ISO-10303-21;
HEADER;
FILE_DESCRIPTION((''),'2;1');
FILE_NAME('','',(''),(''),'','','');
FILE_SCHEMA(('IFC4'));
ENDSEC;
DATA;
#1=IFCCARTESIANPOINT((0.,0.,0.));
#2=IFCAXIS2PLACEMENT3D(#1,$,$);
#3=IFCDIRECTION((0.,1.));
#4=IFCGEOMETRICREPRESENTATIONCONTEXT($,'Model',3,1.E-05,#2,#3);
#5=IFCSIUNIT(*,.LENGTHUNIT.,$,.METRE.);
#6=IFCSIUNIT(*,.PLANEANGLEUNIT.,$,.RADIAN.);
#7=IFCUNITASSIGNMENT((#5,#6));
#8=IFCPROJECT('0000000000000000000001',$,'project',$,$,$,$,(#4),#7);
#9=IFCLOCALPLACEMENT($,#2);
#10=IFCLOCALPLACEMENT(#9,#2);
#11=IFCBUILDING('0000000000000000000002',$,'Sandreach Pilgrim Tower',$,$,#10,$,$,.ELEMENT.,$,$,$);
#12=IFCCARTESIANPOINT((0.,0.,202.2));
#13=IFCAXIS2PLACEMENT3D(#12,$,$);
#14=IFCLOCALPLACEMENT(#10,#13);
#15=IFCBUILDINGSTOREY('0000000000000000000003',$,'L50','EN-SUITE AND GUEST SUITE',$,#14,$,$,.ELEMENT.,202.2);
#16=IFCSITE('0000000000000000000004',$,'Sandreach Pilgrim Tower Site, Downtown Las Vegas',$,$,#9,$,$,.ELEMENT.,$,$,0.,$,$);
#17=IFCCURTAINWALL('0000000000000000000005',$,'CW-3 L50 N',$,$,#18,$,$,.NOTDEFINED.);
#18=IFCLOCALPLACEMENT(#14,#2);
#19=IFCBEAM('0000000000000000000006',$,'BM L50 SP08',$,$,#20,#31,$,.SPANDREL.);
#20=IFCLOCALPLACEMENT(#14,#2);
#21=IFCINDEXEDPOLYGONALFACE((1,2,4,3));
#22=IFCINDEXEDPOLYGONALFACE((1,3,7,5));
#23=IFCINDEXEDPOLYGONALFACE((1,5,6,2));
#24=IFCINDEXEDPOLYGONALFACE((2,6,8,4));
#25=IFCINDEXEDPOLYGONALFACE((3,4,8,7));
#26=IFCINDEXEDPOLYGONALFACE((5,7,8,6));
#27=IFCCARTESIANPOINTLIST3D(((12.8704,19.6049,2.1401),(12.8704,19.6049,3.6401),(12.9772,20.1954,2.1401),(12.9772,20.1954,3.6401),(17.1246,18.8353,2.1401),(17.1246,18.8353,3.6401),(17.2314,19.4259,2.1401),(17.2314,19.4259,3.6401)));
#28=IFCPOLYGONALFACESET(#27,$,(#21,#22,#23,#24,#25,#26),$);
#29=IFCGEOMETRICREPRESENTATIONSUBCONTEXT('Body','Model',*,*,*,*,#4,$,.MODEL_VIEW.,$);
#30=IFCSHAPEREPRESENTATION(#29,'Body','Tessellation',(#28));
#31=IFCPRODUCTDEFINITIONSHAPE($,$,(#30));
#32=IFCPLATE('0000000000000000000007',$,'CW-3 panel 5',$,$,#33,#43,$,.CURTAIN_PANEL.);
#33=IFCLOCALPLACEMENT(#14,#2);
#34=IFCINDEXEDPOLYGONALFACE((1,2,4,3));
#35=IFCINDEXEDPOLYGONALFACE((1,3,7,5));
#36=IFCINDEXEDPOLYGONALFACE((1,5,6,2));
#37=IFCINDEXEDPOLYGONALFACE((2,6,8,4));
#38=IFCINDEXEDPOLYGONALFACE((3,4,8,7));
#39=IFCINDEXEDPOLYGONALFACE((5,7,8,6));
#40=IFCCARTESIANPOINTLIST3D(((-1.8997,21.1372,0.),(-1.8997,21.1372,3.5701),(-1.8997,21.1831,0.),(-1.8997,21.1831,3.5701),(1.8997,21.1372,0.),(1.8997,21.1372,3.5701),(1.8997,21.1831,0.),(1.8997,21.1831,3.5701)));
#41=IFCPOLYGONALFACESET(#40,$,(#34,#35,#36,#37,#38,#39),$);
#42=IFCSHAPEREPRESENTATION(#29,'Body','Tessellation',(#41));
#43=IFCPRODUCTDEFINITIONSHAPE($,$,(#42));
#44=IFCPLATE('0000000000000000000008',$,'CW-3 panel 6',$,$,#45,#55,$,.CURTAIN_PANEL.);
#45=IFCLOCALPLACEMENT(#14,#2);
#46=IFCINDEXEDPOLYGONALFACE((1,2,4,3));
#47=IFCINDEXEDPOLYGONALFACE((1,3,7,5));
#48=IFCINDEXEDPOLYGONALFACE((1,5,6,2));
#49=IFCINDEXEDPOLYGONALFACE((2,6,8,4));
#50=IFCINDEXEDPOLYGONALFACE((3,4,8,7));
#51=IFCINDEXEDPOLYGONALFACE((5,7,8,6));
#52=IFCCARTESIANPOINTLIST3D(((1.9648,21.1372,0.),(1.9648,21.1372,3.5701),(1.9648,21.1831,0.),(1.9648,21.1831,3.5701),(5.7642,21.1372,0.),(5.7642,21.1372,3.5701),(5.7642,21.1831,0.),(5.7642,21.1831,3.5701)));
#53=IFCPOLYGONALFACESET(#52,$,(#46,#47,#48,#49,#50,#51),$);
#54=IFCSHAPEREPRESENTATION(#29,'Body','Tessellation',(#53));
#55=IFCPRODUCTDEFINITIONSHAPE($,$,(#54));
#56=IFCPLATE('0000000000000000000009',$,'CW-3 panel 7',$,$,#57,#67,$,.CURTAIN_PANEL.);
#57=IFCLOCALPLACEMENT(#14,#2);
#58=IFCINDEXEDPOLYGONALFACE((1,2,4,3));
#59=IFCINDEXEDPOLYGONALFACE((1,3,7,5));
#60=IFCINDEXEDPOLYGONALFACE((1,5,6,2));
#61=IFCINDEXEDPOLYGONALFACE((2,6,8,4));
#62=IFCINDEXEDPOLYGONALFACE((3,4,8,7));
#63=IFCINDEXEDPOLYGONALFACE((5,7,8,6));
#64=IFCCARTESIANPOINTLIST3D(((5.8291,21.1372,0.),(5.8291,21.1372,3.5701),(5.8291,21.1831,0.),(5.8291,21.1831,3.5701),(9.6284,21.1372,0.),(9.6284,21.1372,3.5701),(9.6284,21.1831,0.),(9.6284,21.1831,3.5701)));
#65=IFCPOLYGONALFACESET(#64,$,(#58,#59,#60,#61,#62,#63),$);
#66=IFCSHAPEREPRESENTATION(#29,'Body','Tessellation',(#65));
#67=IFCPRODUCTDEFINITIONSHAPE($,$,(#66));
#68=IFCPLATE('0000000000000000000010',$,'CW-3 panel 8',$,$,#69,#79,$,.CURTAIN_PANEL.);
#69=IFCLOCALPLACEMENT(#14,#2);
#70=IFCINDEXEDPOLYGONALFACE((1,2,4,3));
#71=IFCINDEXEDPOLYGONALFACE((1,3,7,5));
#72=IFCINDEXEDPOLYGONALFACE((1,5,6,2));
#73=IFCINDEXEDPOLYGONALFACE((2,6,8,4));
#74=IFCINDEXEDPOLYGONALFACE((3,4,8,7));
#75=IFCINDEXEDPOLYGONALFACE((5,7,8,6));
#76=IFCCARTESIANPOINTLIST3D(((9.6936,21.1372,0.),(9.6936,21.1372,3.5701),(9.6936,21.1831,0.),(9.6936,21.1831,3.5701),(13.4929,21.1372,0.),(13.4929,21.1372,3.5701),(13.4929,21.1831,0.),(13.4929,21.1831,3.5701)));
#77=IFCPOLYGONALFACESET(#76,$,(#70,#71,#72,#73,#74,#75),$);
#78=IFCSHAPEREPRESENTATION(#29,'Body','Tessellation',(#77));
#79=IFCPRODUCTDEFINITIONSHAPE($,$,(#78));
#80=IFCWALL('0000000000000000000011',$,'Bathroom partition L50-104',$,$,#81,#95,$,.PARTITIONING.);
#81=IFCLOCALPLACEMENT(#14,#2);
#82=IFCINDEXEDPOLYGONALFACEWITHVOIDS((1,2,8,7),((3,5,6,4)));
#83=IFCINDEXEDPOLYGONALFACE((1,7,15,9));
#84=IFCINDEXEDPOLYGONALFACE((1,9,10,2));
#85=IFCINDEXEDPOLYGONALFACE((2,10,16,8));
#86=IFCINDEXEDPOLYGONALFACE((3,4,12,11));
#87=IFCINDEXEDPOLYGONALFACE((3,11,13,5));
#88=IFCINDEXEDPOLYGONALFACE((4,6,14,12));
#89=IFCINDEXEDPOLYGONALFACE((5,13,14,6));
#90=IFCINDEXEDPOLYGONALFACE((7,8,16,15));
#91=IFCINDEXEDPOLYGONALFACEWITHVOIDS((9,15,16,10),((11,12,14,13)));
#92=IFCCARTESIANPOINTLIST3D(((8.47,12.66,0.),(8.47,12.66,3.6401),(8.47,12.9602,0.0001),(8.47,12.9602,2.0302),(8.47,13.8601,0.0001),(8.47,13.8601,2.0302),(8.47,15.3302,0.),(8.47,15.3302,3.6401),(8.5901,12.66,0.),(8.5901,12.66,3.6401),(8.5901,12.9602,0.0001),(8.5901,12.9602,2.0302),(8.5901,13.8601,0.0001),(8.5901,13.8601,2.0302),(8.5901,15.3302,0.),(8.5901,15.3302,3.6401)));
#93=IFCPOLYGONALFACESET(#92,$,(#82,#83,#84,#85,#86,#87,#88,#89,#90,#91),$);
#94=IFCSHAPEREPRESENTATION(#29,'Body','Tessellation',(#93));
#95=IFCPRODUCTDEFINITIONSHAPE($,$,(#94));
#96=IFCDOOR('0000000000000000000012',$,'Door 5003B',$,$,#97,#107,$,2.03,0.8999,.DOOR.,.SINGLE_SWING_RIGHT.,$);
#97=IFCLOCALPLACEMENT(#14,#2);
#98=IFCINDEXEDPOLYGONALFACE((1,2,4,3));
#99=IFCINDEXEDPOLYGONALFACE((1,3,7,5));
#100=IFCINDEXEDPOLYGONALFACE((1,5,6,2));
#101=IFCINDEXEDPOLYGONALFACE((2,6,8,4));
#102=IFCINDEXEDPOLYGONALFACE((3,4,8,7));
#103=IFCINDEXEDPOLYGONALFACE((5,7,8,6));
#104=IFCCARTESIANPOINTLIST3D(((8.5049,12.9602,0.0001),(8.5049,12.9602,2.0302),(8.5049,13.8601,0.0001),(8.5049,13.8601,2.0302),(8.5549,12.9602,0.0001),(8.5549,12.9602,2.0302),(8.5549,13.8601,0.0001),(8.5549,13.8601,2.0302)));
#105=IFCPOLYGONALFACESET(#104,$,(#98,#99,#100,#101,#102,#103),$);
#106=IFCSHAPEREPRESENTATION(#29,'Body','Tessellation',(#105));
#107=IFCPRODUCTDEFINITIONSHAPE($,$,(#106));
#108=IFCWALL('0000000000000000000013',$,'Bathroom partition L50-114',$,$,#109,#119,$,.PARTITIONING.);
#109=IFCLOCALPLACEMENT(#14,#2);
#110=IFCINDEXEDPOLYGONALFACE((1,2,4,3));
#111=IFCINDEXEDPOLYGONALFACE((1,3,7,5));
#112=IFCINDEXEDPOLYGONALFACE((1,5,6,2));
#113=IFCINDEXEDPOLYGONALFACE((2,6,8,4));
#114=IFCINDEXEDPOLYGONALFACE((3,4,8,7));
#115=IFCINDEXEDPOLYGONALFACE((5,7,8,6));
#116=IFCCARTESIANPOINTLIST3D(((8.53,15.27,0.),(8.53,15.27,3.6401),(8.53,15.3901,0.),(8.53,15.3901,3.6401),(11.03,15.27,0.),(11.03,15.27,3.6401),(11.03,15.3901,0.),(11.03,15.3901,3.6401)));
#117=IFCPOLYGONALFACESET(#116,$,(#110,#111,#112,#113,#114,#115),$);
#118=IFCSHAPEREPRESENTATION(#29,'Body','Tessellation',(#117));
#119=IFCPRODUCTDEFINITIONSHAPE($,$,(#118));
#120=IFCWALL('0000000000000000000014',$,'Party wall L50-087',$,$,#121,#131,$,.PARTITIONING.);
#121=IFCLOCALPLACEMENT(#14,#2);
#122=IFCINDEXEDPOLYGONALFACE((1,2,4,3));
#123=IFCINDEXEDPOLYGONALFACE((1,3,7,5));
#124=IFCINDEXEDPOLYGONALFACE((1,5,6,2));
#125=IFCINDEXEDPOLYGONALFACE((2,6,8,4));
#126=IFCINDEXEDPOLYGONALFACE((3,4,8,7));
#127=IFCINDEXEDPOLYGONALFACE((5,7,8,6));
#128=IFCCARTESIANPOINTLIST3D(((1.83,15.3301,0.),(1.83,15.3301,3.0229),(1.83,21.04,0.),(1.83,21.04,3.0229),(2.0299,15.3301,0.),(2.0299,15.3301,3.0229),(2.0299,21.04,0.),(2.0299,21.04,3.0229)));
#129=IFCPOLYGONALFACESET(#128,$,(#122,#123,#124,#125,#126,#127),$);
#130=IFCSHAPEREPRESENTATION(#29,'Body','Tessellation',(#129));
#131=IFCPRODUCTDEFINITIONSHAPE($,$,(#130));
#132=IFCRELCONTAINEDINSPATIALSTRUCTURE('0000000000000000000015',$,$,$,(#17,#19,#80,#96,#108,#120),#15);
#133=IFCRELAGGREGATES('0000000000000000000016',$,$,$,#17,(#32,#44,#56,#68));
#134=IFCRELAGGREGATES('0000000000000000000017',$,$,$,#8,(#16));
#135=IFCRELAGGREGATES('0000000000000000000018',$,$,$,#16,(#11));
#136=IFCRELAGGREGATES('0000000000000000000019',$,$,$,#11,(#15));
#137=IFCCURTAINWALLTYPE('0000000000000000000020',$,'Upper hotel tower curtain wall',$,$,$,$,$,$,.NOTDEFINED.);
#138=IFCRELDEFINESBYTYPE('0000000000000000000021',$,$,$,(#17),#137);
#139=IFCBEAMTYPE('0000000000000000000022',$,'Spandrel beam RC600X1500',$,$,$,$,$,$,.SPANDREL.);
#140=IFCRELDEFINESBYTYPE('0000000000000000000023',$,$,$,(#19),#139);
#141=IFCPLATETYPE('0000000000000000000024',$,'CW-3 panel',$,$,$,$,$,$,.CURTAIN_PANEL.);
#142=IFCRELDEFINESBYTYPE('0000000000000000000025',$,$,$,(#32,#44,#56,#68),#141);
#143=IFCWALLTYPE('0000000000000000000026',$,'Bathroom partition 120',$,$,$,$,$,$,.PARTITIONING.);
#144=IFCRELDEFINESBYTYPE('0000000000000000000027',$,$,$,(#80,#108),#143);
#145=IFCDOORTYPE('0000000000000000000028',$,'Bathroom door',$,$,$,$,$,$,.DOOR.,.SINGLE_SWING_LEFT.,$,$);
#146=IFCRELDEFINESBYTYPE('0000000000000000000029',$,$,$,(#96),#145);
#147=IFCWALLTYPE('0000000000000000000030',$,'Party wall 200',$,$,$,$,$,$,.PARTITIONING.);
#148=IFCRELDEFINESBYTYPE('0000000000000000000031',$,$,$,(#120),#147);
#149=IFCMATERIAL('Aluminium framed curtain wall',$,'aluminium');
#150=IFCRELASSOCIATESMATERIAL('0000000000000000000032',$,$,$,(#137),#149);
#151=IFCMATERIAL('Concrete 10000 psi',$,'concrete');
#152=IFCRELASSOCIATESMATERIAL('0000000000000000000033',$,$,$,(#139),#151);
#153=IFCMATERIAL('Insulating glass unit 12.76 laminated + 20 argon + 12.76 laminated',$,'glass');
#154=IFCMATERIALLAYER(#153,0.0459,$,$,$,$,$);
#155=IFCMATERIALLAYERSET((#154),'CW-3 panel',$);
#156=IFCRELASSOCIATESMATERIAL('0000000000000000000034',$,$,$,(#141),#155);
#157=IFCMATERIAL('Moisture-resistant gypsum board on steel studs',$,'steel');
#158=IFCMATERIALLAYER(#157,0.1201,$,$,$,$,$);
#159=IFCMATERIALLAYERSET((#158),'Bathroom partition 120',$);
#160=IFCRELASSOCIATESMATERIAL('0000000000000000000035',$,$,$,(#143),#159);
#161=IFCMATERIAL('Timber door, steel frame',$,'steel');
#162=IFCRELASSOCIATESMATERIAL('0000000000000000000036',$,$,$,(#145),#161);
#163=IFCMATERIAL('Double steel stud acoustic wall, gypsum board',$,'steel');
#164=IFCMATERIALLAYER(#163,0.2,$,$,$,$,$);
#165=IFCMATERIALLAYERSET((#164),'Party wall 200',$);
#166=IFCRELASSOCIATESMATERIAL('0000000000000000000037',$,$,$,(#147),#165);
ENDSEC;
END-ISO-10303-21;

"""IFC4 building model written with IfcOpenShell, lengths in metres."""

from ifc_helpers import new_model, si_unit, direction, frame, frame_2d, origin, origin_2d, place, context, subcontext, project, spatial, rectangle, extrude, material, layer, layer_set, material_profile, profile_set, type_object, element, fill, aggregate, save


model = new_model("IFC4")

# Units and contexts
model_context = context("Model", 3, precision=1e-05, world=origin(), true_north=direction((0.0, 1.0)))
body_context = subcontext(model_context, "Body", "Model", "MODEL_VIEW")
ifc_project = project(units=[si_unit("LENGTHUNIT", "METRE"), si_unit("PLANEANGLEUNIT", "RADIAN")], contexts=[model_context])

# Site, building, storey
site_placement = place(None, origin())
site = spatial("IfcSite", under=ifc_project, at=site_placement, Name="Sandreach Pilgrim Tower Site, Downtown Las Vegas", CompositionType="ELEMENT", RefElevation=0.0)
building_placement = place(site_placement, origin())
building = spatial("IfcBuilding", under=site, at=building_placement, Name="Sandreach Pilgrim Tower", CompositionType="ELEMENT")
storey_placement = place(building_placement, frame((0.0, 0.0, 202.2)))
storey = spatial("IfcBuildingStorey", under=building, at=storey_placement, Name="L50", Description="EN-SUITE AND GUEST SUITE", CompositionType="ELEMENT", Elevation=202.2)

# Curtain wall
ifc_material_1 = material(Name="Aluminium framed curtain wall", Category="aluminium")
curtain_wall_type = type_object("IfcCurtainWallType", Name="Upper hotel tower curtain wall", PredefinedType="NOTDEFINED", material=ifc_material_1)
curtain_wall_placement = place(storey_placement, origin())
curtain_wall = element("IfcCurtainWall", 1, at=curtain_wall_placement, inside=storey, type_object=curtain_wall_type, Name="CW-3 L50 N", PredefinedType="NOTDEFINED")

# Beam
ifc_material_2 = material(Name="Concrete 10000 psi", Category="concrete")
ifc_material_profile_1 = material_profile(ifc_material_2, rectangle(XDim=0.6001, YDim=1.5, at=origin_2d()), Name="RC600X1500")
ifc_profile_set_1 = profile_set([ifc_material_profile_1], Name="Concrete 10000 psi")
beam_type_1 = type_object("IfcBeamType", Name="Spandrel beam RC600X1500", PredefinedType="SPANDREL", material=ifc_profile_set_1)
beam_1_placement = place(storey_placement, frame((12.9238, 19.9001, 2.8901), z_axis=(0.98403, -0.178001, 0.0), x_axis=(0.178001, 0.98403, 0.0)))
element("IfcBeam", 2, at=beam_1_placement, inside=storey, type_object=beam_type_1, Name="BM L50 SP08", PredefinedType="SPANDREL", context=body_context, shape_type="SweptSolid", body=[
    extrude(rectangle(XDim=0.6001, YDim=1.5, at=origin_2d()), origin(), (0.0, 0.0, 1.0), 4.3232),
])

# Plates
ifc_material_3 = material(Name="Insulating glass unit 12.76 laminated + 20 argon + 12.76 laminated", Category="glass")
ifc_layer_1 = layer(ifc_material_3, 0.0459)
ifc_layer_set_1 = layer_set([ifc_layer_1], Name="CW-3 panel")
plate_type = type_object("IfcPlateType", Name="CW-3 panel", PredefinedType="CURTAIN_PANEL", material=ifc_layer_set_1)
plate_1_placement = place(storey_placement, frame((0.0, 21.1602, 0.0), z_axis=(0.0, 0.0, 1.0), x_axis=(1.0, 0.0, 0.0)))
plate_1 = element("IfcPlate", 3, at=plate_1_placement, type_object=plate_type, Name="CW-3 panel 5", PredefinedType="CURTAIN_PANEL", context=body_context, shape_type="SweptSolid", body=[
    extrude(rectangle(XDim=3.7993, YDim=0.0459, at=origin_2d()), origin(), (0.0, 0.0, 1.0), 3.5701),
])
plate_2_placement = place(storey_placement, frame((3.8645, 21.1602, 0.0), z_axis=(0.0, 0.0, 1.0), x_axis=(1.0, 0.0, 0.0)))
plate_2 = element("IfcPlate", 4, at=plate_2_placement, type_object=plate_type, Name="CW-3 panel 6", PredefinedType="CURTAIN_PANEL", context=body_context, shape_type="SweptSolid", body=[
    extrude(rectangle(XDim=3.7993, YDim=0.0459, at=origin_2d()), origin(), (0.0, 0.0, 1.0), 3.5701),
])
plate_3_placement = place(storey_placement, frame((7.7288, 21.1602, 0.0), z_axis=(0.0, 0.0, 1.0), x_axis=(1.0, 0.0, 0.0)))
plate_3 = element("IfcPlate", 5, at=plate_3_placement, type_object=plate_type, Name="CW-3 panel 7", PredefinedType="CURTAIN_PANEL", context=body_context, shape_type="SweptSolid", body=[
    extrude(rectangle(XDim=3.7993, YDim=0.0459, at=origin_2d()), origin(), (0.0, 0.0, 1.0), 3.5701),
])
plate_4_placement = place(storey_placement, frame((11.5933, 21.1602, 0.0), z_axis=(0.0, 0.0, 1.0), x_axis=(1.0, 0.0, 0.0)))
plate_4 = element("IfcPlate", 6, at=plate_4_placement, type_object=plate_type, Name="CW-3 panel 8", PredefinedType="CURTAIN_PANEL", context=body_context, shape_type="SweptSolid", body=[
    extrude(rectangle(XDim=3.7993, YDim=0.0459, at=origin_2d()), origin(), (0.0, 0.0, 1.0), 3.5701),
])
aggregate(curtain_wall, [plate_1, plate_2, plate_3, plate_4])

# Wall, opening, door
ifc_material_4 = material(Name="Moisture-resistant gypsum board on steel studs", Category="steel")
ifc_layer_2 = layer(ifc_material_4, 0.1201)
ifc_layer_set_2 = layer_set([ifc_layer_2], Name="Bathroom partition 120")
wall_type_1 = type_object("IfcWallType", Name="Bathroom partition 120", PredefinedType="PARTITIONING", material=ifc_layer_set_2)
wall_1_placement = place(storey_placement, frame((8.53, 15.3301, 0.0), z_axis=(0.0, 0.0, 1.0), x_axis=(0.0, -1.0, 0.0)))
wall_1 = element("IfcWall", 7, at=wall_1_placement, inside=storey, type_object=wall_type_1, Name="Bathroom partition L50-104", PredefinedType="PARTITIONING", context=body_context, shape_type="SweptSolid", body=[
    extrude(rectangle(XDim=2.6702, YDim=0.1201, at=frame_2d((1.335, 0.0))), origin(), (0.0, 0.0, 1.0), 3.6401),
])
opening_placement = place(wall_1_placement, frame((1.47, 0.0, 0.0)))
opening = element("IfcOpeningElement", 8, at=opening_placement, cuts=wall_1, PredefinedType="OPENING", context=body_context, shape_type="SweptSolid", body=[
    extrude(rectangle(XDim=0.8999, YDim=2.03, at=frame_2d((0.45, 1.0151))), frame((0.0, 0.0601, 0.0), z_axis=(0.0, -1.0, 0.0), x_axis=(1.0, 0.0, 0.0)), (0.0, 0.0, 1.0), 0.1201),
])
ifc_material_5 = material(Name="Timber door, steel frame", Category="steel")
door_type = type_object("IfcDoorType", Name="Bathroom door", OperationType="SINGLE_SWING_LEFT", PredefinedType="DOOR", material=ifc_material_5)
door_placement = place(opening_placement, origin())
door = element("IfcDoor", 9, at=door_placement, inside=storey, type_object=door_type, Name="Door 5003B", OperationType="SINGLE_SWING_RIGHT", OverallHeight=2.03, OverallWidth=0.8999, PredefinedType="DOOR", context=body_context, shape_type="SweptSolid", body=[
    extrude(rectangle(XDim=0.8999, YDim=2.03, at=frame_2d((0.45, 1.0151))), frame((0.0, 0.0249, 0.0), z_axis=(0.0, -1.0, 0.0), x_axis=(1.0, 0.0, 0.0)), (0.0, 0.0, 1.0), 0.05),
])
fill(opening, door)

# Walls
wall_2_placement = place(storey_placement, frame((11.03, 15.3301, 0.0), z_axis=(0.0, 0.0, 1.0), x_axis=(-1.0, 0.0, 0.0)))
element("IfcWall", 10, at=wall_2_placement, inside=storey, type_object=wall_type_1, Name="Bathroom partition L50-114", PredefinedType="PARTITIONING", context=body_context, shape_type="SweptSolid", body=[
    extrude(rectangle(XDim=2.5, YDim=0.1201, at=frame_2d((1.25, 0.0))), origin(), (0.0, 0.0, 1.0), 3.6401),
])
ifc_material_6 = material(Name="Double steel stud acoustic wall, gypsum board", Category="steel")
ifc_layer_3 = layer(ifc_material_6, 0.2)
ifc_layer_set_3 = layer_set([ifc_layer_3], Name="Party wall 200")
wall_type_2 = type_object("IfcWallType", Name="Party wall 200", PredefinedType="PARTITIONING", material=ifc_layer_set_3)
wall_3_placement = place(storey_placement, frame((1.9299, 21.04, 0.0), z_axis=(0.0, 0.0, 1.0), x_axis=(0.0, -1.0, 0.0)))
element("IfcWall", 11, at=wall_3_placement, inside=storey, type_object=wall_type_2, Name="Party wall L50-087", PredefinedType="PARTITIONING", context=body_context, shape_type="SweptSolid", body=[
    extrude(rectangle(XDim=5.71, YDim=0.2, at=frame_2d((2.855, 0.0))), origin(), (0.0, 0.0, 1.0), 3.0229),
])

save(model, "model.ifc")
